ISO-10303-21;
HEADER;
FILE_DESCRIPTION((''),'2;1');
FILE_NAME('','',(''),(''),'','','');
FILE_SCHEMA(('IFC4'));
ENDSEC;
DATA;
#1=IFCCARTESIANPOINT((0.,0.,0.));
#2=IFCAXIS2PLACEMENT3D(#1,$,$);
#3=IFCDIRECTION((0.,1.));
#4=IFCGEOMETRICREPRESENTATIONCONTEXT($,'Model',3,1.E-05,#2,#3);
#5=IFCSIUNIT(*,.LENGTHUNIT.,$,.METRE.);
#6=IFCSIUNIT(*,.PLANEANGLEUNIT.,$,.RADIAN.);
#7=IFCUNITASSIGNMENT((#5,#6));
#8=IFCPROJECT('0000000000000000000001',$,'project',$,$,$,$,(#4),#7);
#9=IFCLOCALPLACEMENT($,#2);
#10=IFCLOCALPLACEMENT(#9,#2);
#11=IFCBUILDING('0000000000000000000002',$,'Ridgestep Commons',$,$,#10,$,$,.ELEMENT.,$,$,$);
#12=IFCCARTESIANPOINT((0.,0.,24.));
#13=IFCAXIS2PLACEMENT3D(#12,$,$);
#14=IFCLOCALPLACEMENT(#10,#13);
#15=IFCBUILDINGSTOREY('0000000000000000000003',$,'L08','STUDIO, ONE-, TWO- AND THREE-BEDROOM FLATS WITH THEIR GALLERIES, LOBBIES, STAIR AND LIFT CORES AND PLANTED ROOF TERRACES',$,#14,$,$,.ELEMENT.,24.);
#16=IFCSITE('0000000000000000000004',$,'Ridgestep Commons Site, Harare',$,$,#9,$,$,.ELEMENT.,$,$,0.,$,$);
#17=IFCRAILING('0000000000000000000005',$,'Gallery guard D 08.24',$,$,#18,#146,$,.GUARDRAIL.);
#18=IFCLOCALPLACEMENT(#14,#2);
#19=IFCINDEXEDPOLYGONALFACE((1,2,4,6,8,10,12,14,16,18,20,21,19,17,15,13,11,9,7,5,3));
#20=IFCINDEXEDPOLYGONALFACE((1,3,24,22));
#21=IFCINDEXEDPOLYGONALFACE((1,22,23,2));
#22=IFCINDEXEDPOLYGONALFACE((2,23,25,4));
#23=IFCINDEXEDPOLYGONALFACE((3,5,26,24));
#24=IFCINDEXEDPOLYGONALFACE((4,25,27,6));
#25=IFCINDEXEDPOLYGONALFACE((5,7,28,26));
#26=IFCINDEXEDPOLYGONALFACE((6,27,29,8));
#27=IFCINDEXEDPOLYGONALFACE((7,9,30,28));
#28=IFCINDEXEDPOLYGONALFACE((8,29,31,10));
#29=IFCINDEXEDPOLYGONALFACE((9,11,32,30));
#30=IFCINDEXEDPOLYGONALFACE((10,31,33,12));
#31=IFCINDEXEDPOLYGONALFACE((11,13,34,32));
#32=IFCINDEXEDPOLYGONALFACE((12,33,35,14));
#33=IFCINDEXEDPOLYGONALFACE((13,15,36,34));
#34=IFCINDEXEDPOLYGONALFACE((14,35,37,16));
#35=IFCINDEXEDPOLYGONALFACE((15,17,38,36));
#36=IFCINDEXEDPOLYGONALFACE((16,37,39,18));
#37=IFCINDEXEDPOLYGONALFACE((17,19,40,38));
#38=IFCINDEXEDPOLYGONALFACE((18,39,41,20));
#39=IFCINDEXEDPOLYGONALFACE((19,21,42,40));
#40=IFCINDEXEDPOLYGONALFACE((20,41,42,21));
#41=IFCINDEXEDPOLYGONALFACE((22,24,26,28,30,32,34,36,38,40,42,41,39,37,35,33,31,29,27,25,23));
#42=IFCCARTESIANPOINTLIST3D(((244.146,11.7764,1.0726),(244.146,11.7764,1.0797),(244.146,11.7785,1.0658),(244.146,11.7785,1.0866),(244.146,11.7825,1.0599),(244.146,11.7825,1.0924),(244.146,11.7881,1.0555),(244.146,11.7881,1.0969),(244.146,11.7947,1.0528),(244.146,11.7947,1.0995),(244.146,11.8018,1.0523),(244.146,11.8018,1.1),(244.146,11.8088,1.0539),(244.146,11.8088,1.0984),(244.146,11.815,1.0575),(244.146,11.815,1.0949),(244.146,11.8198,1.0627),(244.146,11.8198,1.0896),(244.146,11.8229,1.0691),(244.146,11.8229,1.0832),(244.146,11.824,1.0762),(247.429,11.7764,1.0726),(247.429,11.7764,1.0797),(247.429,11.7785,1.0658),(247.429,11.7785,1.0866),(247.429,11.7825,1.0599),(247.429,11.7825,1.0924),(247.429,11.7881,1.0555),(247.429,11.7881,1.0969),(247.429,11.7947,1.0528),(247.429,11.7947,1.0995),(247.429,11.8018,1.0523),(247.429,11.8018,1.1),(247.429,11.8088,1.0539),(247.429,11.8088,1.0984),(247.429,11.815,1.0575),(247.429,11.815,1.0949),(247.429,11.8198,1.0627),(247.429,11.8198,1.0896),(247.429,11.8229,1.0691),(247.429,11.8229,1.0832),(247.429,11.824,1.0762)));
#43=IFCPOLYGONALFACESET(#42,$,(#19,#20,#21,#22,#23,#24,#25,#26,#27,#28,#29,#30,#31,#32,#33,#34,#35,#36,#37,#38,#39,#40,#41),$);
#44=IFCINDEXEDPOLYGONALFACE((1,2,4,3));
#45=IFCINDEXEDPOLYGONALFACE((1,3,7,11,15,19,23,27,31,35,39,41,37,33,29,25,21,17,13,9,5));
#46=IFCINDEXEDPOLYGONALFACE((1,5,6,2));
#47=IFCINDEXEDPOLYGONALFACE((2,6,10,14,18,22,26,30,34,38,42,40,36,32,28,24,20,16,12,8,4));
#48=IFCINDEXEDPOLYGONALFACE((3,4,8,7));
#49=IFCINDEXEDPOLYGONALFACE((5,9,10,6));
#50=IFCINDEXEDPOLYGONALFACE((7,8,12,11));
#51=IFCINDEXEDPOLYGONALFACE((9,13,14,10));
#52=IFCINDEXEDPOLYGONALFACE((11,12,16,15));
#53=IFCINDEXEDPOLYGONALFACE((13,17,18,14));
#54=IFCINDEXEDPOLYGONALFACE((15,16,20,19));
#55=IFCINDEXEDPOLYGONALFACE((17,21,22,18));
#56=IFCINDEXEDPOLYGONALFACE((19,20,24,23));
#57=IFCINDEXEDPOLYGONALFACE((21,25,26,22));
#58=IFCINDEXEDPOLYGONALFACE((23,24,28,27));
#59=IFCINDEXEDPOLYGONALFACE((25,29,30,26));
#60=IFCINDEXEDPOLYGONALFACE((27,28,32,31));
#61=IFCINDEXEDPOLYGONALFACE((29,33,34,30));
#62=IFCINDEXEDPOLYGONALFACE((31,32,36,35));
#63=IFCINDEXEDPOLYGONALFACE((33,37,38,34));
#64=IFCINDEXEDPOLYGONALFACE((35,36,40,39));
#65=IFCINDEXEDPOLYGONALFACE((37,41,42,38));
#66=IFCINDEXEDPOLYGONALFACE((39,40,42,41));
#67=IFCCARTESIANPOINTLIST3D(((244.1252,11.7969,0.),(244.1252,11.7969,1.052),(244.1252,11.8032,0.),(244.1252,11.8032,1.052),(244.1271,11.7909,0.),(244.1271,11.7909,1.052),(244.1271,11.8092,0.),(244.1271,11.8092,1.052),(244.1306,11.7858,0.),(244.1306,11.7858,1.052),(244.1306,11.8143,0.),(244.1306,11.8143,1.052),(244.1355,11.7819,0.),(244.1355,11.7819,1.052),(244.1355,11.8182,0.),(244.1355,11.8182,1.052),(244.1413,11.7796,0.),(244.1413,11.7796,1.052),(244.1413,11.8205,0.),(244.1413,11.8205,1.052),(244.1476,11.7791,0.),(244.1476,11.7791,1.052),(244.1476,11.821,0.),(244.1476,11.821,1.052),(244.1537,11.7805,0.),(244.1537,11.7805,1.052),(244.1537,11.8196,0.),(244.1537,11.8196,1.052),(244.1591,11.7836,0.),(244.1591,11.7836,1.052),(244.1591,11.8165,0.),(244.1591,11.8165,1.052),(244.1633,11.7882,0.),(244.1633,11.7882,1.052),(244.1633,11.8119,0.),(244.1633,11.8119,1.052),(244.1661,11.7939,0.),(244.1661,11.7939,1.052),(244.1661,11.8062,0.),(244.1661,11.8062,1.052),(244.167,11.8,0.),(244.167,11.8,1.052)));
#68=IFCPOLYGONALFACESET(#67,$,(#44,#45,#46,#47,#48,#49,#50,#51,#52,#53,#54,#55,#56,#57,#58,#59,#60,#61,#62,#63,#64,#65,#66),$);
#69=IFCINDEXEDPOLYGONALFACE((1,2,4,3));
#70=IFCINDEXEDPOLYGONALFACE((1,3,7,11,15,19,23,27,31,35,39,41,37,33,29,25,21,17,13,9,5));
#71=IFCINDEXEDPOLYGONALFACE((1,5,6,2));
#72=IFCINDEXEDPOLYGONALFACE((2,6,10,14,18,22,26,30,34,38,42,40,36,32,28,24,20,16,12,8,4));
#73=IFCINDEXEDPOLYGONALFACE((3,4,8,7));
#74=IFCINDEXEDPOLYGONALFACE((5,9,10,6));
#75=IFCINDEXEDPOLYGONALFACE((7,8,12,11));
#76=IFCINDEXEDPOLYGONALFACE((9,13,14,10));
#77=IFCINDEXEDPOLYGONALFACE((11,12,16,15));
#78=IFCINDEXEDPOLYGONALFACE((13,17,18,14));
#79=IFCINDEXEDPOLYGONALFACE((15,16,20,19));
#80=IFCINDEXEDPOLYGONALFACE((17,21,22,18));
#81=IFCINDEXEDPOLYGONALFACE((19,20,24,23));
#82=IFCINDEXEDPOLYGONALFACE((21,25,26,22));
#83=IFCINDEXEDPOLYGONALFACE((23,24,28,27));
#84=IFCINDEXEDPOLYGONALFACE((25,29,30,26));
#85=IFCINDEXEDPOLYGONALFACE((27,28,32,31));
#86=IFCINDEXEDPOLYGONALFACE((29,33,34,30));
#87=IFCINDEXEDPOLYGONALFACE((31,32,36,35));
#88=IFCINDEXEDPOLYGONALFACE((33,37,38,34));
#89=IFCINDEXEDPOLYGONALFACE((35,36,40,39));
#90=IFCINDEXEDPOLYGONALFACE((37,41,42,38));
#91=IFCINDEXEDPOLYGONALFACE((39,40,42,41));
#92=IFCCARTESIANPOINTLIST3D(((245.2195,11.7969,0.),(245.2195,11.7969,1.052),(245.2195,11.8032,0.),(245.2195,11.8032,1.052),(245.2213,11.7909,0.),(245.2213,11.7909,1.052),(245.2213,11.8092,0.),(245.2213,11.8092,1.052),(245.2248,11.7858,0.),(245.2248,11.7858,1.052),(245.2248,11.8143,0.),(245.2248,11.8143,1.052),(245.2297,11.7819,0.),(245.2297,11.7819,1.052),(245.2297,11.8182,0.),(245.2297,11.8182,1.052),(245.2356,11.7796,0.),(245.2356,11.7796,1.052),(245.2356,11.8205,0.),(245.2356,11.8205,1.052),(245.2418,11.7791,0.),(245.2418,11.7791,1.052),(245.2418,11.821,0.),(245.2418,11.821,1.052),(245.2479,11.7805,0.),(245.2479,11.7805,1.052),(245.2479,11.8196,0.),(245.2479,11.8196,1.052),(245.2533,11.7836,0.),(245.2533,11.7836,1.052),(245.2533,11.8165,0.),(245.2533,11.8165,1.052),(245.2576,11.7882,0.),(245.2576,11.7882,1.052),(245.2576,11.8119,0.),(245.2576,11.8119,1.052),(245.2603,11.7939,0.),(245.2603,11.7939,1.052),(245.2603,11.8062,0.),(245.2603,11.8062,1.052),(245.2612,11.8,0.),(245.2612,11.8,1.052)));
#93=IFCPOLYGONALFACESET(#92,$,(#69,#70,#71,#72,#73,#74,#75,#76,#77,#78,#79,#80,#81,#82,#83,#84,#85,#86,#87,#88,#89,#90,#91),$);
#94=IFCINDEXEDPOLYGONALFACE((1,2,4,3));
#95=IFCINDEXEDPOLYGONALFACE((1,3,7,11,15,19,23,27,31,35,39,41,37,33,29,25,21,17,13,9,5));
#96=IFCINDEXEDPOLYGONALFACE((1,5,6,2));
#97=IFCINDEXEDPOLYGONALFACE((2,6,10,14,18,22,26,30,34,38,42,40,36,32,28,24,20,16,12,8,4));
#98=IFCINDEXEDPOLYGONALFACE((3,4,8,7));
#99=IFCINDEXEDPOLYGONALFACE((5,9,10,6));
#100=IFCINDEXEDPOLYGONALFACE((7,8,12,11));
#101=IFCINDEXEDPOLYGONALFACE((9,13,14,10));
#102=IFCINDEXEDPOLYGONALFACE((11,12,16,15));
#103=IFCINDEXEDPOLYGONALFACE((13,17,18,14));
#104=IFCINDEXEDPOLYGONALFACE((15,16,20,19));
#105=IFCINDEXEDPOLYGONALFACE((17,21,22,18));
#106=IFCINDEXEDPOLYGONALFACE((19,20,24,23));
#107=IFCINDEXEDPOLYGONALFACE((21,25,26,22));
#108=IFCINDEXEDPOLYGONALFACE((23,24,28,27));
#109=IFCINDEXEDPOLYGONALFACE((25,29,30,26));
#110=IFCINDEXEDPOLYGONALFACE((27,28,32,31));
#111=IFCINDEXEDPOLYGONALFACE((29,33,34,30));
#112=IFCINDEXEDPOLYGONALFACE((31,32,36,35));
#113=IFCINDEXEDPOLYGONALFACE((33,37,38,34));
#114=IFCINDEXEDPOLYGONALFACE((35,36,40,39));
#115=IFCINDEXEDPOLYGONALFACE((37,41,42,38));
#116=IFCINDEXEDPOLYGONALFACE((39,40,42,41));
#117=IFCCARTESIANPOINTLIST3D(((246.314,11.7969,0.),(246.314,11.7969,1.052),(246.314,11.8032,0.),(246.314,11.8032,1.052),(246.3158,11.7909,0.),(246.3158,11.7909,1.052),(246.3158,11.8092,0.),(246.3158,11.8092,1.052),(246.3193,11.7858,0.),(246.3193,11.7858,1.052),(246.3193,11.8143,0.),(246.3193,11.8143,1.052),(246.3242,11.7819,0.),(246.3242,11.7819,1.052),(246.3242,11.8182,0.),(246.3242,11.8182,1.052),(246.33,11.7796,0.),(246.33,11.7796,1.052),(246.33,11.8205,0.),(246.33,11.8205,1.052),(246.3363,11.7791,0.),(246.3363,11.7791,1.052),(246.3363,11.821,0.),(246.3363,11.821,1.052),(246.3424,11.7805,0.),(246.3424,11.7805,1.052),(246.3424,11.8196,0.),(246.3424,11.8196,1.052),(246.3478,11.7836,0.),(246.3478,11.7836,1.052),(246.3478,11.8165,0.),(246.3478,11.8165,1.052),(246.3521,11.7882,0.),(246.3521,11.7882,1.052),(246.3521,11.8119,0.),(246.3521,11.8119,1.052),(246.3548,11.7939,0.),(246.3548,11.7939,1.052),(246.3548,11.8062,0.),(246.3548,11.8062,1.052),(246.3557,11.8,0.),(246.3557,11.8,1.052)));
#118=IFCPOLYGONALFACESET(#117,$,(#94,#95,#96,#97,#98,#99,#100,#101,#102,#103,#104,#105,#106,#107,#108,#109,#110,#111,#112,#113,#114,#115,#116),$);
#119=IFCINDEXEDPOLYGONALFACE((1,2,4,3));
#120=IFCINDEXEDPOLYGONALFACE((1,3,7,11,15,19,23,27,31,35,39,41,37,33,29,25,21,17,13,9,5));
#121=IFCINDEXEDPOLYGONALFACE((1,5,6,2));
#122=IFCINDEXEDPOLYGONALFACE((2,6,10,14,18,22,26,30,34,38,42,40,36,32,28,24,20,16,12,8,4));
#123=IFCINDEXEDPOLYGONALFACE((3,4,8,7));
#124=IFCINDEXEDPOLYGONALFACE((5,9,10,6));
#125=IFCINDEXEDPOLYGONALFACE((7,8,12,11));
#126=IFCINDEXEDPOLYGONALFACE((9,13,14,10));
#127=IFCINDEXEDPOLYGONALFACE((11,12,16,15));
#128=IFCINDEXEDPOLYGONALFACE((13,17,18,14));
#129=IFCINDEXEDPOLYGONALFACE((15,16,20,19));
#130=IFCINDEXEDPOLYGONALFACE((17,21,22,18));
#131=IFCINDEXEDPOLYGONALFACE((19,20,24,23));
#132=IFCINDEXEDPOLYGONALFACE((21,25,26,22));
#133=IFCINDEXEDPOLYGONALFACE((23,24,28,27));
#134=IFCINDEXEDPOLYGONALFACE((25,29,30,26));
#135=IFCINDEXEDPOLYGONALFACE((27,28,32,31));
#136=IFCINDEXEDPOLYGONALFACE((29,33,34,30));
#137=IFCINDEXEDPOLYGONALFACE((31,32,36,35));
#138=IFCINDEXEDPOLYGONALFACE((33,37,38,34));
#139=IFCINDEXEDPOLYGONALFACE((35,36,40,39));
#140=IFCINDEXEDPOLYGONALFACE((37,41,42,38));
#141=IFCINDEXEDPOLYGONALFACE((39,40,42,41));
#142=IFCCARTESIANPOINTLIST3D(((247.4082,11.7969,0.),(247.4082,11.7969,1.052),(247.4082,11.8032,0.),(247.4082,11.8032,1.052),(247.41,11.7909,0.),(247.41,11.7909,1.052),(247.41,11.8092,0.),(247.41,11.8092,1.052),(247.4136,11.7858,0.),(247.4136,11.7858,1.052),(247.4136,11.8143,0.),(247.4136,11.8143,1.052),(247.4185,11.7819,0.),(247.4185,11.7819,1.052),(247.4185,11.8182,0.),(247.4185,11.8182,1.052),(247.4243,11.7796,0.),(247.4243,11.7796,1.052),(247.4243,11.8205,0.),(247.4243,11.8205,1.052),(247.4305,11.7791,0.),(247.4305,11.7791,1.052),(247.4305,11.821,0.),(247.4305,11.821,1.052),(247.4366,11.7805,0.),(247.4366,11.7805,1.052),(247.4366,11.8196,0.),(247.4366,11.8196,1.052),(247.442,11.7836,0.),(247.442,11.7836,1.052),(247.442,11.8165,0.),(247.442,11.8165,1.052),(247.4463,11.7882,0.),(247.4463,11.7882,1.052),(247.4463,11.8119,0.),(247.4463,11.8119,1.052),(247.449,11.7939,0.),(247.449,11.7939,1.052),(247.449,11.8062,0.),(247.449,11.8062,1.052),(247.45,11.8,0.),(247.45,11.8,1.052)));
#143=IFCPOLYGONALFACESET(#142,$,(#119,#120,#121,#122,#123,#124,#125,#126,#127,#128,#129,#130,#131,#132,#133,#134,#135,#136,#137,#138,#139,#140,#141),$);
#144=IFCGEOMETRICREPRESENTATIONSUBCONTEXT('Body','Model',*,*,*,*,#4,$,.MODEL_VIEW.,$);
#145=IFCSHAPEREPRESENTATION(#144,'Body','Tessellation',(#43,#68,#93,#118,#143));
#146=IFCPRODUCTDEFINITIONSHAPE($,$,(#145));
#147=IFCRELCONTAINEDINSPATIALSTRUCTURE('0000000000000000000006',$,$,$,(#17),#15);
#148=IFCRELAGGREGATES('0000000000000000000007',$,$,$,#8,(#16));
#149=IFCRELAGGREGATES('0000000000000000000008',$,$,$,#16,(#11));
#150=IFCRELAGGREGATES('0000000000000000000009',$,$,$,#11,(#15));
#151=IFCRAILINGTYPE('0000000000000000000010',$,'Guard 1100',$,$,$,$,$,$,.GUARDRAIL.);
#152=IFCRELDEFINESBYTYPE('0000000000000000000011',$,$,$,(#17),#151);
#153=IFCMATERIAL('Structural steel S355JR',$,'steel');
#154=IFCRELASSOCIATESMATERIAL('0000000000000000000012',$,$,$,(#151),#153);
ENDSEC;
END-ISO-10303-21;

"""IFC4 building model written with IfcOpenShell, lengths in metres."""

from ifc_helpers import new_model, si_unit, direction, frame, origin, origin_2d, place, context, subcontext, project, spatial, circle, extrude, material, type_object, element, save


model = new_model("IFC4")

# Units and contexts
model_context = context("Model", 3, precision=1e-05, world=origin(), true_north=direction((0.0, 1.0)))
body_context = subcontext(model_context, "Body", "Model", "MODEL_VIEW")
ifc_project = project(units=[si_unit("LENGTHUNIT", "METRE"), si_unit("PLANEANGLEUNIT", "RADIAN")], contexts=[model_context])

# Site, building, storey
site_placement = place(None, origin())
site = spatial("IfcSite", under=ifc_project, at=site_placement, Name="Ridgestep Commons Site, Harare", CompositionType="ELEMENT", RefElevation=0.0)
building_placement = place(site_placement, origin())
building = spatial("IfcBuilding", under=site, at=building_placement, Name="Ridgestep Commons", CompositionType="ELEMENT")
storey_placement = place(building_placement, frame((0.0, 0.0, 24.0)))
storey = spatial("IfcBuildingStorey", under=building, at=storey_placement, Name="L08", Description="STUDIO, ONE-, TWO- AND THREE-BEDROOM FLATS WITH THEIR GALLERIES, LOBBIES, STAIR AND LIFT CORES AND PLANTED ROOF TERRACES", CompositionType="ELEMENT", Elevation=24.0)

# Railing
ifc_material_1 = material(Name="Structural steel S355JR", Category="steel")
railing_type = type_object("IfcRailingType", Name="Guard 1100", PredefinedType="GUARDRAIL", material=ifc_material_1)
railing_1_placement = place(storey_placement, frame((244.146, 11.8, 0.0)))
element("IfcRailing", 1, at=railing_1_placement, inside=storey, type_object=railing_type, Name="Gallery guard D 08.24", PredefinedType="GUARDRAIL", context=body_context, shape_type="SweptSolid", body=[
    extrude(circle(Radius=0.0239, at=origin_2d()), frame((0.0, 0.0, 1.0762), z_axis=(1.0, 0.0, 0.0), x_axis=(0.0, 1.0, 0.0)), (0.0, 0.0, 1.0), 3.283),
    extrude(circle(Radius=0.021, at=origin_2d()), origin(), (0.0, 0.0, 1.0), 1.052),
    extrude(circle(Radius=0.021, at=origin_2d()), frame((1.0942, 0.0, 0.0)), (0.0, 0.0, 1.0), 1.052),
    extrude(circle(Radius=0.021, at=origin_2d()), frame((2.1887, 0.0, 0.0)), (0.0, 0.0, 1.0), 1.052),
    extrude(circle(Radius=0.021, at=origin_2d()), frame((3.283, 0.0, 0.0)), (0.0, 0.0, 1.0), 1.052),
])

save(model, "model.ifc")
